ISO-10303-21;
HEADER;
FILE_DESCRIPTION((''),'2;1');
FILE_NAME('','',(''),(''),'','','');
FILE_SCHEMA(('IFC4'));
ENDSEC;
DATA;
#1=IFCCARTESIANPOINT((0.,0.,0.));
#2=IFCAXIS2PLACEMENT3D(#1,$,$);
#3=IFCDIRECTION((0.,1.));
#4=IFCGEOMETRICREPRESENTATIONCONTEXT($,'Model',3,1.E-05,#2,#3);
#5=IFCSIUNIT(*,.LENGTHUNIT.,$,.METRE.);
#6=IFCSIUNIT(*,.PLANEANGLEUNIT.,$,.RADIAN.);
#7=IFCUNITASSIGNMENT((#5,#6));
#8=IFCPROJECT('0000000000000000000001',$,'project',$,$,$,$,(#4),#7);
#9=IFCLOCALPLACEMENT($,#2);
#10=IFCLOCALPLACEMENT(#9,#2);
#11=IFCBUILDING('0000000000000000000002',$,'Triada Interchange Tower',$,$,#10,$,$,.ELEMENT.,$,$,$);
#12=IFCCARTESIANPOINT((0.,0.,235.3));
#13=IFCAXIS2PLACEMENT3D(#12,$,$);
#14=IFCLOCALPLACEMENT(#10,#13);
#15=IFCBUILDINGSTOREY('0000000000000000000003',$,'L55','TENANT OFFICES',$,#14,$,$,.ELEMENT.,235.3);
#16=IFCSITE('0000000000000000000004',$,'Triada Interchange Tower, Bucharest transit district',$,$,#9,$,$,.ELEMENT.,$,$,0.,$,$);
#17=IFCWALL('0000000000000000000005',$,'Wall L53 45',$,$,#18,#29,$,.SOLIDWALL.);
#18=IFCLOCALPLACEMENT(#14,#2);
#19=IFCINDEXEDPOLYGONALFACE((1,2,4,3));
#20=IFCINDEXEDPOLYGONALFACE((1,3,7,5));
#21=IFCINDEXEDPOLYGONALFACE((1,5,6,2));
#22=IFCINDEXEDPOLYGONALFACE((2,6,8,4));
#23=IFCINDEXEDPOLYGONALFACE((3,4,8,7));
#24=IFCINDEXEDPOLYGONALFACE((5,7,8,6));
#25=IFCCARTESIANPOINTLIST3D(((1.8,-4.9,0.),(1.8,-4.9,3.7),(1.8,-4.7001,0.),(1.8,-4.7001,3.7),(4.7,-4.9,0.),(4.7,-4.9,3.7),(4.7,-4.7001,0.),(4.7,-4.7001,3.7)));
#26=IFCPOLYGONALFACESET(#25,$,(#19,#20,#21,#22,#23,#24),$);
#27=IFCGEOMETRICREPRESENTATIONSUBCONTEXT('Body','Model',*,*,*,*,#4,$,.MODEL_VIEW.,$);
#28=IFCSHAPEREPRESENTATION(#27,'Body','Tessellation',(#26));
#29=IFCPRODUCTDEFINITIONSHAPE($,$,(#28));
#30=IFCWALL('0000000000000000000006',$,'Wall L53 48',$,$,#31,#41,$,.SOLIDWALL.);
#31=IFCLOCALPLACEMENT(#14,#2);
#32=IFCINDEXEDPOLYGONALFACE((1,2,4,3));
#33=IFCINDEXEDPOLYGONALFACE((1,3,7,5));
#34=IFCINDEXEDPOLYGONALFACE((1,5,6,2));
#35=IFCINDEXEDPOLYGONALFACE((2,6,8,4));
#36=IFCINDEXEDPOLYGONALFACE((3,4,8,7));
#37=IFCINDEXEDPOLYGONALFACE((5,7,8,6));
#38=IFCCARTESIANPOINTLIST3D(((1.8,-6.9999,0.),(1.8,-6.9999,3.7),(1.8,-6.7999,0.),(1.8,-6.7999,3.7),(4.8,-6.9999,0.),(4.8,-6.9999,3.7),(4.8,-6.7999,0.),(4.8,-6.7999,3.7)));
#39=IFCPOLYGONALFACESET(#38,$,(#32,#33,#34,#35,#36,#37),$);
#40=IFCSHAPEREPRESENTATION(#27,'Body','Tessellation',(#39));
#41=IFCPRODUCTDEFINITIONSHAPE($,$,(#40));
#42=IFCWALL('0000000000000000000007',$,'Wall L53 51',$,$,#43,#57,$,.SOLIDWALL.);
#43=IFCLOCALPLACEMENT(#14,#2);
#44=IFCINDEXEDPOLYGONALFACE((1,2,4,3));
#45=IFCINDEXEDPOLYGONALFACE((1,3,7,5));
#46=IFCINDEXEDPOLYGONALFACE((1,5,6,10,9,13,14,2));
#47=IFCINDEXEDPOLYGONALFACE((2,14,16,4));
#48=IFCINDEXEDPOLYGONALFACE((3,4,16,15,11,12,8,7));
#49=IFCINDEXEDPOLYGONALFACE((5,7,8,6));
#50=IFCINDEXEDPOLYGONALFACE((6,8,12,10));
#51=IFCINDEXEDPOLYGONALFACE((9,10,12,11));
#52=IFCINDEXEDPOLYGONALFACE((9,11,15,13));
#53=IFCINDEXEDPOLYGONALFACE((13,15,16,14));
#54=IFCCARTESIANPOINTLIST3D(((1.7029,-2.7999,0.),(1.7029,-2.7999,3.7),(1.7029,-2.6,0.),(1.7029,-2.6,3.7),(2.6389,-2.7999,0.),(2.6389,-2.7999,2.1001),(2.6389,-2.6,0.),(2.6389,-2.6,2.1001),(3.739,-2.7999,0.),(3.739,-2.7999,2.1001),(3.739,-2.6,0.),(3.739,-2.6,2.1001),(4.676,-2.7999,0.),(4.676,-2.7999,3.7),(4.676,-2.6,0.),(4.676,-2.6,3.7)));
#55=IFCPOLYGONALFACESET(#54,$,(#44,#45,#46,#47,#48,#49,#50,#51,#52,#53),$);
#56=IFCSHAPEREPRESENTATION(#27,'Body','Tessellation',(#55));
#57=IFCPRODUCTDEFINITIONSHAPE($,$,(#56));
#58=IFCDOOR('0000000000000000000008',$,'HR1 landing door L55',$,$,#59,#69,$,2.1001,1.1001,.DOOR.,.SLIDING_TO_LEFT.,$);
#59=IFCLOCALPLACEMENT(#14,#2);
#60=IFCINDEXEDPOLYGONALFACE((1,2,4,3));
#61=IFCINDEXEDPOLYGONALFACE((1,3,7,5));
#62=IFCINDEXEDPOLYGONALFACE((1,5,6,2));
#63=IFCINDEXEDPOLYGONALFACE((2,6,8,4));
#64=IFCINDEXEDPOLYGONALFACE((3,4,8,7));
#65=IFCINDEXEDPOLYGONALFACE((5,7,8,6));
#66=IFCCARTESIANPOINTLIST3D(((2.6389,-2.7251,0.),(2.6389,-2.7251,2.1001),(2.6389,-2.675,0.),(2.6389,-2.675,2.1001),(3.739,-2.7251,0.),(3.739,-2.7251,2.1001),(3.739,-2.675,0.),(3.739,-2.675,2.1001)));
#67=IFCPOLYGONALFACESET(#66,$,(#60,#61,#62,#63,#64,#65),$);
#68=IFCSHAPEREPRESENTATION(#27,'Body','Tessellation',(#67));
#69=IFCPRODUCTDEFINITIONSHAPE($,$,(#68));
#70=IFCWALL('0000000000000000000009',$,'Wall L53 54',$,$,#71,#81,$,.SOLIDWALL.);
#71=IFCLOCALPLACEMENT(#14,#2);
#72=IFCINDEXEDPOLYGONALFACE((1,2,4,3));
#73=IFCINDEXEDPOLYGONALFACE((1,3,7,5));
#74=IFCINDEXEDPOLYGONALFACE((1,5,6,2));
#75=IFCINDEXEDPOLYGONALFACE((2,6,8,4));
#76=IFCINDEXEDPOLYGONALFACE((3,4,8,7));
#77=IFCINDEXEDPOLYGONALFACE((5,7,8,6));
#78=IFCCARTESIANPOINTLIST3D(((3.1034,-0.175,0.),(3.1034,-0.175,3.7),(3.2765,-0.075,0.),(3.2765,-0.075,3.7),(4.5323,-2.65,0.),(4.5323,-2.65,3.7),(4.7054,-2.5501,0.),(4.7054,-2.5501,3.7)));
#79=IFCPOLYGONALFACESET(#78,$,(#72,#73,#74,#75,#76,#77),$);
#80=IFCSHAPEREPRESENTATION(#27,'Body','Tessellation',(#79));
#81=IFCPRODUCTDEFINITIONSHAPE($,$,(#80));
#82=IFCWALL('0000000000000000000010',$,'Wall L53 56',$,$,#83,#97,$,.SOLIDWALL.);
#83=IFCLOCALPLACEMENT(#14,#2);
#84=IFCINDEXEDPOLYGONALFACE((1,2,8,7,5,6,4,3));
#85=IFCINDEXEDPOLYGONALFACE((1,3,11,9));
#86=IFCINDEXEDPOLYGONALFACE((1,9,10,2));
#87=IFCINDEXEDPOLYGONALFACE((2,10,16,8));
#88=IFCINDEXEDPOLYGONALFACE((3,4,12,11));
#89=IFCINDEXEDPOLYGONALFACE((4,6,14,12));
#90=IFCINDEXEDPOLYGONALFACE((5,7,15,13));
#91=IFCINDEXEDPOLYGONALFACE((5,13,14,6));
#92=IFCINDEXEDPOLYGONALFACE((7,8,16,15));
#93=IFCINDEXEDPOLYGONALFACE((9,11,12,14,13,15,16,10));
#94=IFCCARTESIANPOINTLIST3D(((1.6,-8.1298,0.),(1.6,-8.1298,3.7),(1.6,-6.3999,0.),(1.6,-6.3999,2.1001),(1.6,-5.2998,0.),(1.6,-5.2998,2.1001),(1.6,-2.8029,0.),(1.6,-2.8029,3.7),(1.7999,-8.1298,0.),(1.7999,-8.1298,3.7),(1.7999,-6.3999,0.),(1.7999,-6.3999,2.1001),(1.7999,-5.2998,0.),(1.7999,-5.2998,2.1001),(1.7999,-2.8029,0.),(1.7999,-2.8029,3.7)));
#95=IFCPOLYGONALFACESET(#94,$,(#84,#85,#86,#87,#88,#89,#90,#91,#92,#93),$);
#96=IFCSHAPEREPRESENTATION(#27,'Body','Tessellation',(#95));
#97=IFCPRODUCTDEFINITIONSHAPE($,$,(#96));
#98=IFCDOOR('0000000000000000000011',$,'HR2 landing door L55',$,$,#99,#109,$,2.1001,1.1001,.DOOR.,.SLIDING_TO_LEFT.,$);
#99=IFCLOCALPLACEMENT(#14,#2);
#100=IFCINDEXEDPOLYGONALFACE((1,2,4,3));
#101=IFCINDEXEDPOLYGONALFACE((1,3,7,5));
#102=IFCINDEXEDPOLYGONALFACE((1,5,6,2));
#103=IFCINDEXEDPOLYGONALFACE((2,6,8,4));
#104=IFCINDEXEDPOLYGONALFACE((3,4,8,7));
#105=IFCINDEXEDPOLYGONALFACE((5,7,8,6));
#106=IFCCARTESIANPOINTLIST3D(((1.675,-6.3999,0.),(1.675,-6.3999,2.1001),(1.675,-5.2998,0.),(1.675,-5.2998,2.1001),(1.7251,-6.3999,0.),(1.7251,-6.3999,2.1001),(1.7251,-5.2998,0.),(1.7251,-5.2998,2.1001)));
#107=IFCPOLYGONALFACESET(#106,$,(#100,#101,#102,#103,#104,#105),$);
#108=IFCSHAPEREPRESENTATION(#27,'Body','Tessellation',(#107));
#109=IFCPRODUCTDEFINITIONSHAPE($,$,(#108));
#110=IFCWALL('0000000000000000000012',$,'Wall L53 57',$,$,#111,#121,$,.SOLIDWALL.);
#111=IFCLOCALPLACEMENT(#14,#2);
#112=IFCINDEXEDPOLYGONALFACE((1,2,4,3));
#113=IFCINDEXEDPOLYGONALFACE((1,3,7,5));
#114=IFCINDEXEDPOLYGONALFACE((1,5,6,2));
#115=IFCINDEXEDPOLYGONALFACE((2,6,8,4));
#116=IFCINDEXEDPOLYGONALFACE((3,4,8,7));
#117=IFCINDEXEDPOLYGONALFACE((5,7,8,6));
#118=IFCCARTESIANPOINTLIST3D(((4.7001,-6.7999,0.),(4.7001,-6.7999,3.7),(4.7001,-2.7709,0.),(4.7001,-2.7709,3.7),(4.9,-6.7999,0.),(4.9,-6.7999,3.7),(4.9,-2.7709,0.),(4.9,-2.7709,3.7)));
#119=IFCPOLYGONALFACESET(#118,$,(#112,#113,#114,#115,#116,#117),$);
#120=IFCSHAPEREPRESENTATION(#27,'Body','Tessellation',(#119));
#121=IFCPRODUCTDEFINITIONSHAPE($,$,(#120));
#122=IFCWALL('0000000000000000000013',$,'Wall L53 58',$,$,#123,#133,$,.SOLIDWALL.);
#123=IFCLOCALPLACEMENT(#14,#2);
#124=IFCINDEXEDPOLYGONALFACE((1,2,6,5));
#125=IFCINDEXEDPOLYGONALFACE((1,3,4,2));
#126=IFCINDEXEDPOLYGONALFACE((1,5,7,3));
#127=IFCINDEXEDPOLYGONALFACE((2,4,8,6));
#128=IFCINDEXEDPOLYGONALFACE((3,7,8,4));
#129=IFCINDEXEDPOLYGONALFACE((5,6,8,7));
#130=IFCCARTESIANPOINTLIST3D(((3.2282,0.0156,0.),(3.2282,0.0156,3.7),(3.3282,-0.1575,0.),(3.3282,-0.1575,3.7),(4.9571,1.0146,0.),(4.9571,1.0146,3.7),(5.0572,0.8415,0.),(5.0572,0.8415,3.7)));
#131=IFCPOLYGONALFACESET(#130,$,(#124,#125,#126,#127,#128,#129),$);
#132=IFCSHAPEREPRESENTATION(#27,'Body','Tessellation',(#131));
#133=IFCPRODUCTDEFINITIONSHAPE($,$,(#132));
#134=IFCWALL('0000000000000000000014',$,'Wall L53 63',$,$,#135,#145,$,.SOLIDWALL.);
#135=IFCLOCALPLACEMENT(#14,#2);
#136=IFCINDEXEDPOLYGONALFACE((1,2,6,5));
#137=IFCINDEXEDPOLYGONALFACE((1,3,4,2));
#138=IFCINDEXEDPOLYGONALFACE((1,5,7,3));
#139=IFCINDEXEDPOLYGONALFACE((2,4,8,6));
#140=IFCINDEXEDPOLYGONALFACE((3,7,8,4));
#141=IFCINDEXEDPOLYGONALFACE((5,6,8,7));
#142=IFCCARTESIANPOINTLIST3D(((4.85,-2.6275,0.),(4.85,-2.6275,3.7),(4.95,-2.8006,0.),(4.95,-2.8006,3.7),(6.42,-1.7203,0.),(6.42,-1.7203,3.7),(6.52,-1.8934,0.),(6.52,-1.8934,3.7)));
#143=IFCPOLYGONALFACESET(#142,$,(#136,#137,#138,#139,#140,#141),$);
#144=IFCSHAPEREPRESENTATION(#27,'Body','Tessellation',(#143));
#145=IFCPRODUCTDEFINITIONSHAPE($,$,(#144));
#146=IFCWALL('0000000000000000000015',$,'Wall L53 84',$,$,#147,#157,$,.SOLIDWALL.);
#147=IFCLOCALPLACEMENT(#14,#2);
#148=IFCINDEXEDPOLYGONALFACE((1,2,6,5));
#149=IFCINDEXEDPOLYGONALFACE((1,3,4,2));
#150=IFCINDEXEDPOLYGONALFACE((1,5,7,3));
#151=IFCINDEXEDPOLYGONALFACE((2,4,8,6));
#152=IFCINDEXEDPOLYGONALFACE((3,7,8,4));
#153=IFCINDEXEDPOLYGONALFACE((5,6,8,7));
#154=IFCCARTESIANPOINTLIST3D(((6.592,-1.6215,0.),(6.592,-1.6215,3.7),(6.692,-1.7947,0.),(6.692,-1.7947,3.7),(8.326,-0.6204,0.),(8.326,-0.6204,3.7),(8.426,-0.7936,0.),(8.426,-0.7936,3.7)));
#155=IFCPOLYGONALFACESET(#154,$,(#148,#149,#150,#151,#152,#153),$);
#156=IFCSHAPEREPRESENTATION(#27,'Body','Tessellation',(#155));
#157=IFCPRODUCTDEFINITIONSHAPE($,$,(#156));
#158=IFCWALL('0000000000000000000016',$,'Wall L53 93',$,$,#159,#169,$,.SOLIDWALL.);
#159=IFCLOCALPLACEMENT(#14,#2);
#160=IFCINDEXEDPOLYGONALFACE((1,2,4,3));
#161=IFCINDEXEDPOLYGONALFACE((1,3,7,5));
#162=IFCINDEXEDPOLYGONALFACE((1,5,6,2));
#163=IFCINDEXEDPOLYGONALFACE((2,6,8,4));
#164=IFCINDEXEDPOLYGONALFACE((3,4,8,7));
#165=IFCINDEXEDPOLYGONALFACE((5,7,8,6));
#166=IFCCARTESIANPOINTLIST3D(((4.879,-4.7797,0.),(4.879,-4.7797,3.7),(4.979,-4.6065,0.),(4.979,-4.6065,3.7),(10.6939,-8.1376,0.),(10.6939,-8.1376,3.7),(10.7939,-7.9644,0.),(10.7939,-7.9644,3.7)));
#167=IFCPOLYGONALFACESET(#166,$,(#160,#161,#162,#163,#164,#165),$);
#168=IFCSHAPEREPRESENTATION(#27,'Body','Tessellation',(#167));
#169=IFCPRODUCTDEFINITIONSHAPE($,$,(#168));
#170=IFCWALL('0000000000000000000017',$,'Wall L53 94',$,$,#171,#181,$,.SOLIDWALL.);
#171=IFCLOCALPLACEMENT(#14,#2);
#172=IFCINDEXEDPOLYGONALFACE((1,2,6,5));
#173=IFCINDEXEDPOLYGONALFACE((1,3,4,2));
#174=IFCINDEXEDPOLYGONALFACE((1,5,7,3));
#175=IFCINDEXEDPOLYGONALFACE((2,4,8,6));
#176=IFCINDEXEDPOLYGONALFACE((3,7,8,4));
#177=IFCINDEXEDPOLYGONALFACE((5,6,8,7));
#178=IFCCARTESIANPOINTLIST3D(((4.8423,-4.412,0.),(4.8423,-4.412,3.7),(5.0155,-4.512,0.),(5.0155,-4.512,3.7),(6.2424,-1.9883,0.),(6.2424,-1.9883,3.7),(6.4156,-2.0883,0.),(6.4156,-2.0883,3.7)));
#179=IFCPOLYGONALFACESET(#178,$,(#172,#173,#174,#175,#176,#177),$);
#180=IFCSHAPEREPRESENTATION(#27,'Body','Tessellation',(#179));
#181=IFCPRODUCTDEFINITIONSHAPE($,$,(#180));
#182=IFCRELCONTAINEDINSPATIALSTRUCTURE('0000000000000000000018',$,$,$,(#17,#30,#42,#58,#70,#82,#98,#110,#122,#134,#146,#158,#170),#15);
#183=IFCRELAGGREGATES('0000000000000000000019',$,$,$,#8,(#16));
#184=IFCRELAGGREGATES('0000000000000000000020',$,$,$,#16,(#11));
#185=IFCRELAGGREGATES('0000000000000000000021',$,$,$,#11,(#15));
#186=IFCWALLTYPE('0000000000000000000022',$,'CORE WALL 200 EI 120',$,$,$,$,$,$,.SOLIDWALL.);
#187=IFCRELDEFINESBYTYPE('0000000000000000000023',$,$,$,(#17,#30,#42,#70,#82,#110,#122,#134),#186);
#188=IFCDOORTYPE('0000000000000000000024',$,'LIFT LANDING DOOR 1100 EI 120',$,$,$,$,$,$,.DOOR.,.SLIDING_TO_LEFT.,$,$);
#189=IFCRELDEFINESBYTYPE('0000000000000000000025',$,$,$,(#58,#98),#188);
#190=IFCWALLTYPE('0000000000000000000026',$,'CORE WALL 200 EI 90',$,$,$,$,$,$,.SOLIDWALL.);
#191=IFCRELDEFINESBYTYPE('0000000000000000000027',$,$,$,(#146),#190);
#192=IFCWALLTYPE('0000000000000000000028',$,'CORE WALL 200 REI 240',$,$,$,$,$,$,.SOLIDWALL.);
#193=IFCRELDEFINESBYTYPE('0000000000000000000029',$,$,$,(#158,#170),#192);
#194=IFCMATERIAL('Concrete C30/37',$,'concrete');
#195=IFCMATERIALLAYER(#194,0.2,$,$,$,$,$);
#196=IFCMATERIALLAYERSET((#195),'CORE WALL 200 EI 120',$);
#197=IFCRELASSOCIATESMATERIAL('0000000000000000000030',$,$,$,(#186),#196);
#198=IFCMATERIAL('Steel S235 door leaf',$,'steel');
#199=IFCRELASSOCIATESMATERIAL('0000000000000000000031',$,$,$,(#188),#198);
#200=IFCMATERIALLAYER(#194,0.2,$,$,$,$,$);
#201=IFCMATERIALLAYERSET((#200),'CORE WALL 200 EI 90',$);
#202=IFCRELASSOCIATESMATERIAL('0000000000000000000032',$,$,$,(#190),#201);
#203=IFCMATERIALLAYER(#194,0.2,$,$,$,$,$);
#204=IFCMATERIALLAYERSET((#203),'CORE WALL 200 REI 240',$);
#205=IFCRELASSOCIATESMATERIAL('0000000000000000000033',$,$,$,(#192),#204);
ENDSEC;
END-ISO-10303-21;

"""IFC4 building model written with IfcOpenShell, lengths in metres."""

from ifc_helpers import new_model, si_unit, direction, frame, frame_2d, origin, place, context, subcontext, project, spatial, rectangle, extrude, material, layer, layer_set, type_object, element, fill, save


model = new_model("IFC4")

# Units and contexts
model_context = context("Model", 3, precision=1e-05, world=origin(), true_north=direction((0.0, 1.0)))
body_context = subcontext(model_context, "Body", "Model", "MODEL_VIEW")
ifc_project = project(units=[si_unit("LENGTHUNIT", "METRE"), si_unit("PLANEANGLEUNIT", "RADIAN")], contexts=[model_context])

# Site, building, storey
site_placement = place(None, origin())
site = spatial("IfcSite", under=ifc_project, at=site_placement, Name="Triada Interchange Tower, Bucharest transit district", CompositionType="ELEMENT", RefElevation=0.0)
building_placement = place(site_placement, origin())
building = spatial("IfcBuilding", under=site, at=building_placement, Name="Triada Interchange Tower", CompositionType="ELEMENT")
storey_placement = place(building_placement, frame((0.0, 0.0, 235.3)))
storey = spatial("IfcBuildingStorey", under=building, at=storey_placement, Name="L55", Description="TENANT OFFICES", CompositionType="ELEMENT", Elevation=235.3)

# Walls
ifc_material_1 = material(Name="Concrete C30/37", Category="concrete")
ifc_layer_1 = layer(ifc_material_1, 0.2)
ifc_layer_set_1 = layer_set([ifc_layer_1], Name="CORE WALL 200 EI 120")
wall_type_1 = type_object("IfcWallType", Name="CORE WALL 200 EI 120", PredefinedType="SOLIDWALL", material=ifc_layer_set_1)
wall_1_placement = place(storey_placement, frame((1.8, -4.8, 0.0), z_axis=(0.0, 0.0, 1.0), x_axis=(1.0, 0.0, 0.0)))
element("IfcWall", 1, at=wall_1_placement, inside=storey, type_object=wall_type_1, Name="Wall L53 45", PredefinedType="SOLIDWALL", context=body_context, shape_type="SweptSolid", body=[
    extrude(rectangle(XDim=2.8999, YDim=0.2, at=frame_2d((1.45, 0.0))), origin(), (0.0, 0.0, 1.0), 3.7),
])
wall_2_placement = place(storey_placement, frame((1.8, -6.8999, 0.0), z_axis=(0.0, 0.0, 1.0), x_axis=(1.0, 0.0, 0.0)))
element("IfcWall", 2, at=wall_2_placement, inside=storey, type_object=wall_type_1, Name="Wall L53 48", PredefinedType="SOLIDWALL", context=body_context, shape_type="SweptSolid", body=[
    extrude(rectangle(XDim=3.0, YDim=0.2, at=frame_2d((1.5, 0.0))), origin(), (0.0, 0.0, 1.0), 3.7),
])

# Wall, opening, door
wall_3_placement = place(storey_placement, frame((1.7029, -2.7, 0.0), z_axis=(0.0, 0.0, 1.0), x_axis=(1.0, 0.0, 0.0)))
wall_3 = element("IfcWall", 3, at=wall_3_placement, inside=storey, type_object=wall_type_1, Name="Wall L53 51", PredefinedType="SOLIDWALL", context=body_context, shape_type="SweptSolid", body=[
    extrude(rectangle(XDim=2.9731, YDim=0.2, at=frame_2d((1.4866, 0.0))), origin(), (0.0, 0.0, 1.0), 3.7),
])
opening_1_placement = place(wall_3_placement, frame((0.936, 0.0, 0.0)))
opening_1 = element("IfcOpeningElement", 4, at=opening_1_placement, cuts=wall_3, PredefinedType="OPENING", context=body_context, shape_type="SweptSolid", body=[
    extrude(rectangle(XDim=1.1001, YDim=2.1001, at=frame_2d((0.55, 1.05))), frame((0.0, 0.1099, 0.0), z_axis=(0.0, -1.0, 0.0), x_axis=(1.0, 0.0, 0.0)), (0.0, 0.0, 1.0), 0.22),
])
ifc_material_2 = material(Name="Steel S235 door leaf", Category="steel")
door_type_1 = type_object("IfcDoorType", Name="LIFT LANDING DOOR 1100 EI 120", OperationType="SLIDING_TO_LEFT", PredefinedType="DOOR", material=ifc_material_2)
door_1_placement = place(opening_1_placement, origin())
door_1 = element("IfcDoor", 5, at=door_1_placement, inside=storey, type_object=door_type_1, Name="HR1 landing door L55", OperationType="SLIDING_TO_LEFT", OverallHeight=2.1001, OverallWidth=1.1001, PredefinedType="DOOR", context=body_context, shape_type="SweptSolid", body=[
    extrude(rectangle(XDim=1.1001, YDim=2.1001, at=frame_2d((0.55, 1.05))), frame((0.0, 0.0249, 0.0), z_axis=(0.0, -1.0, 0.0), x_axis=(1.0, 0.0, 0.0)), (0.0, 0.0, 1.0), 0.05),
])
fill(opening_1, door_1)

# Wall
wall_4_placement = place(storey_placement, frame((3.1899, -0.125, 0.0), z_axis=(0.0, 0.0, 1.0), x_axis=(0.499989, -0.866032, 0.0)))
element("IfcWall", 6, at=wall_4_placement, inside=storey, type_object=wall_type_1, Name="Wall L53 54", PredefinedType="SOLIDWALL", context=body_context, shape_type="SweptSolid", body=[
    extrude(rectangle(XDim=2.8579, YDim=0.2, at=frame_2d((1.429, 0.0))), origin(), (0.0, 0.0, 1.0), 3.7),
])

# Wall, opening, door
wall_5_placement = place(storey_placement, frame((1.7, -8.1299, 0.0), z_axis=(0.0, 0.0, 1.0), x_axis=(0.0, 1.0, 0.0)))
wall_5 = element("IfcWall", 7, at=wall_5_placement, inside=storey, type_object=wall_type_1, Name="Wall L53 56", PredefinedType="SOLIDWALL", context=body_context, shape_type="SweptSolid", body=[
    extrude(rectangle(XDim=5.3269, YDim=0.2, at=frame_2d((2.6636, 0.0))), origin(), (0.0, 0.0, 1.0), 3.7),
])
opening_2_placement = place(wall_5_placement, frame((1.73, 0.0, 0.0)))
opening_2 = element("IfcOpeningElement", 8, at=opening_2_placement, cuts=wall_5, PredefinedType="OPENING", context=body_context, shape_type="SweptSolid", body=[
    extrude(rectangle(XDim=1.1001, YDim=2.1001, at=frame_2d((0.55, 1.05))), frame((0.0, 0.1099, 0.0), z_axis=(0.0, -1.0, 0.0), x_axis=(1.0, 0.0, 0.0)), (0.0, 0.0, 1.0), 0.22),
])
door_2_placement = place(opening_2_placement, origin())
door_2 = element("IfcDoor", 9, at=door_2_placement, inside=storey, type_object=door_type_1, Name="HR2 landing door L55", OperationType="SLIDING_TO_LEFT", OverallHeight=2.1001, OverallWidth=1.1001, PredefinedType="DOOR", context=body_context, shape_type="SweptSolid", body=[
    extrude(rectangle(XDim=1.1001, YDim=2.1001, at=frame_2d((0.55, 1.05))), frame((0.0, 0.0249, 0.0), z_axis=(0.0, -1.0, 0.0), x_axis=(1.0, 0.0, 0.0)), (0.0, 0.0, 1.0), 0.05),
])
fill(opening_2, door_2)

# Walls
wall_6_placement = place(storey_placement, frame((4.8, -6.8, 0.0), z_axis=(0.0, 0.0, 1.0), x_axis=(0.0, 1.0, 0.0)))
element("IfcWall", 10, at=wall_6_placement, inside=storey, type_object=wall_type_1, Name="Wall L53 57", PredefinedType="SOLIDWALL", context=body_context, shape_type="SweptSolid", body=[
    extrude(rectangle(XDim=4.0291, YDim=0.2, at=frame_2d((2.0146, 0.0))), origin(), (0.0, 0.0, 1.0), 3.7),
])
wall_7_placement = place(storey_placement, frame((3.2781, -0.071, 0.0), z_axis=(0.0, 0.0, 1.0), x_axis=(0.865856, 0.500294, 0.0)))
element("IfcWall", 11, at=wall_7_placement, inside=storey, type_object=wall_type_1, Name="Wall L53 58", PredefinedType="SOLIDWALL", context=body_context, shape_type="SweptSolid", body=[
    extrude(rectangle(XDim=1.9968, YDim=0.2, at=frame_2d((0.9985, 0.0))), origin(), (0.0, 0.0, 1.0), 3.7),
])
wall_8_placement = place(storey_placement, frame((4.8999, -2.7141, 0.0), z_axis=(0.0, 0.0, 1.0), x_axis=(0.865847, 0.500309, 0.0)))
element("IfcWall", 12, at=wall_8_placement, inside=storey, type_object=wall_type_1, Name="Wall L53 63", PredefinedType="SOLIDWALL", context=body_context, shape_type="SweptSolid", body=[
    extrude(rectangle(XDim=1.8132, YDim=0.2, at=frame_2d((0.9067, 0.0))), origin(), (0.0, 0.0, 1.0), 3.7),
])
ifc_layer_2 = layer(ifc_material_1, 0.2)
ifc_layer_set_2 = layer_set([ifc_layer_2], Name="CORE WALL 200 EI 90")
wall_type_2 = type_object("IfcWallType", Name="CORE WALL 200 EI 90", PredefinedType="SOLIDWALL", material=ifc_layer_set_2)
wall_9_placement = place(storey_placement, frame((6.6421, -1.708, 0.0), z_axis=(0.0, 0.0, 1.0), x_axis=(0.866043, 0.499969, 0.0)))
element("IfcWall", 13, at=wall_9_placement, inside=storey, type_object=wall_type_2, Name="Wall L53 84", PredefinedType="SOLIDWALL", context=body_context, shape_type="SweptSolid", body=[
    extrude(rectangle(XDim=2.0022, YDim=0.2, at=frame_2d((1.001, 0.0))), origin(), (0.0, 0.0, 1.0), 3.7),
])
ifc_layer_3 = layer(ifc_material_1, 0.2)
ifc_layer_set_3 = layer_set([ifc_layer_3], Name="CORE WALL 200 REI 240")
wall_type_3 = type_object("IfcWallType", Name="CORE WALL 200 REI 240", PredefinedType="SOLIDWALL", material=ifc_layer_set_3)
wall_10_placement = place(storey_placement, frame((4.929, -4.6931, 0.0), z_axis=(0.0, 0.0, 1.0), x_axis=(0.865983, -0.500073, 0.0)))
element("IfcWall", 14, at=wall_10_placement, inside=storey, type_object=wall_type_3, Name="Wall L53 93", PredefinedType="SOLIDWALL", context=body_context, shape_type="SweptSolid", body=[
    extrude(rectangle(XDim=6.7148, YDim=0.2, at=frame_2d((3.3574, 0.0))), origin(), (0.0, 0.0, 1.0), 3.7),
])
wall_11_placement = place(storey_placement, frame((4.929, -4.4619, 0.0), z_axis=(0.0, 0.0, 1.0), x_axis=(0.500201, 0.86591, 0.0)))
element("IfcWall", 15, at=wall_11_placement, inside=storey, type_object=wall_type_3, Name="Wall L53 94", PredefinedType="SOLIDWALL", context=body_context, shape_type="SweptSolid", body=[
    extrude(rectangle(XDim=2.7991, YDim=0.2, at=frame_2d((1.3994, 0.0))), origin(), (0.0, 0.0, 1.0), 3.7),
])

save(model, "model.ifc")
